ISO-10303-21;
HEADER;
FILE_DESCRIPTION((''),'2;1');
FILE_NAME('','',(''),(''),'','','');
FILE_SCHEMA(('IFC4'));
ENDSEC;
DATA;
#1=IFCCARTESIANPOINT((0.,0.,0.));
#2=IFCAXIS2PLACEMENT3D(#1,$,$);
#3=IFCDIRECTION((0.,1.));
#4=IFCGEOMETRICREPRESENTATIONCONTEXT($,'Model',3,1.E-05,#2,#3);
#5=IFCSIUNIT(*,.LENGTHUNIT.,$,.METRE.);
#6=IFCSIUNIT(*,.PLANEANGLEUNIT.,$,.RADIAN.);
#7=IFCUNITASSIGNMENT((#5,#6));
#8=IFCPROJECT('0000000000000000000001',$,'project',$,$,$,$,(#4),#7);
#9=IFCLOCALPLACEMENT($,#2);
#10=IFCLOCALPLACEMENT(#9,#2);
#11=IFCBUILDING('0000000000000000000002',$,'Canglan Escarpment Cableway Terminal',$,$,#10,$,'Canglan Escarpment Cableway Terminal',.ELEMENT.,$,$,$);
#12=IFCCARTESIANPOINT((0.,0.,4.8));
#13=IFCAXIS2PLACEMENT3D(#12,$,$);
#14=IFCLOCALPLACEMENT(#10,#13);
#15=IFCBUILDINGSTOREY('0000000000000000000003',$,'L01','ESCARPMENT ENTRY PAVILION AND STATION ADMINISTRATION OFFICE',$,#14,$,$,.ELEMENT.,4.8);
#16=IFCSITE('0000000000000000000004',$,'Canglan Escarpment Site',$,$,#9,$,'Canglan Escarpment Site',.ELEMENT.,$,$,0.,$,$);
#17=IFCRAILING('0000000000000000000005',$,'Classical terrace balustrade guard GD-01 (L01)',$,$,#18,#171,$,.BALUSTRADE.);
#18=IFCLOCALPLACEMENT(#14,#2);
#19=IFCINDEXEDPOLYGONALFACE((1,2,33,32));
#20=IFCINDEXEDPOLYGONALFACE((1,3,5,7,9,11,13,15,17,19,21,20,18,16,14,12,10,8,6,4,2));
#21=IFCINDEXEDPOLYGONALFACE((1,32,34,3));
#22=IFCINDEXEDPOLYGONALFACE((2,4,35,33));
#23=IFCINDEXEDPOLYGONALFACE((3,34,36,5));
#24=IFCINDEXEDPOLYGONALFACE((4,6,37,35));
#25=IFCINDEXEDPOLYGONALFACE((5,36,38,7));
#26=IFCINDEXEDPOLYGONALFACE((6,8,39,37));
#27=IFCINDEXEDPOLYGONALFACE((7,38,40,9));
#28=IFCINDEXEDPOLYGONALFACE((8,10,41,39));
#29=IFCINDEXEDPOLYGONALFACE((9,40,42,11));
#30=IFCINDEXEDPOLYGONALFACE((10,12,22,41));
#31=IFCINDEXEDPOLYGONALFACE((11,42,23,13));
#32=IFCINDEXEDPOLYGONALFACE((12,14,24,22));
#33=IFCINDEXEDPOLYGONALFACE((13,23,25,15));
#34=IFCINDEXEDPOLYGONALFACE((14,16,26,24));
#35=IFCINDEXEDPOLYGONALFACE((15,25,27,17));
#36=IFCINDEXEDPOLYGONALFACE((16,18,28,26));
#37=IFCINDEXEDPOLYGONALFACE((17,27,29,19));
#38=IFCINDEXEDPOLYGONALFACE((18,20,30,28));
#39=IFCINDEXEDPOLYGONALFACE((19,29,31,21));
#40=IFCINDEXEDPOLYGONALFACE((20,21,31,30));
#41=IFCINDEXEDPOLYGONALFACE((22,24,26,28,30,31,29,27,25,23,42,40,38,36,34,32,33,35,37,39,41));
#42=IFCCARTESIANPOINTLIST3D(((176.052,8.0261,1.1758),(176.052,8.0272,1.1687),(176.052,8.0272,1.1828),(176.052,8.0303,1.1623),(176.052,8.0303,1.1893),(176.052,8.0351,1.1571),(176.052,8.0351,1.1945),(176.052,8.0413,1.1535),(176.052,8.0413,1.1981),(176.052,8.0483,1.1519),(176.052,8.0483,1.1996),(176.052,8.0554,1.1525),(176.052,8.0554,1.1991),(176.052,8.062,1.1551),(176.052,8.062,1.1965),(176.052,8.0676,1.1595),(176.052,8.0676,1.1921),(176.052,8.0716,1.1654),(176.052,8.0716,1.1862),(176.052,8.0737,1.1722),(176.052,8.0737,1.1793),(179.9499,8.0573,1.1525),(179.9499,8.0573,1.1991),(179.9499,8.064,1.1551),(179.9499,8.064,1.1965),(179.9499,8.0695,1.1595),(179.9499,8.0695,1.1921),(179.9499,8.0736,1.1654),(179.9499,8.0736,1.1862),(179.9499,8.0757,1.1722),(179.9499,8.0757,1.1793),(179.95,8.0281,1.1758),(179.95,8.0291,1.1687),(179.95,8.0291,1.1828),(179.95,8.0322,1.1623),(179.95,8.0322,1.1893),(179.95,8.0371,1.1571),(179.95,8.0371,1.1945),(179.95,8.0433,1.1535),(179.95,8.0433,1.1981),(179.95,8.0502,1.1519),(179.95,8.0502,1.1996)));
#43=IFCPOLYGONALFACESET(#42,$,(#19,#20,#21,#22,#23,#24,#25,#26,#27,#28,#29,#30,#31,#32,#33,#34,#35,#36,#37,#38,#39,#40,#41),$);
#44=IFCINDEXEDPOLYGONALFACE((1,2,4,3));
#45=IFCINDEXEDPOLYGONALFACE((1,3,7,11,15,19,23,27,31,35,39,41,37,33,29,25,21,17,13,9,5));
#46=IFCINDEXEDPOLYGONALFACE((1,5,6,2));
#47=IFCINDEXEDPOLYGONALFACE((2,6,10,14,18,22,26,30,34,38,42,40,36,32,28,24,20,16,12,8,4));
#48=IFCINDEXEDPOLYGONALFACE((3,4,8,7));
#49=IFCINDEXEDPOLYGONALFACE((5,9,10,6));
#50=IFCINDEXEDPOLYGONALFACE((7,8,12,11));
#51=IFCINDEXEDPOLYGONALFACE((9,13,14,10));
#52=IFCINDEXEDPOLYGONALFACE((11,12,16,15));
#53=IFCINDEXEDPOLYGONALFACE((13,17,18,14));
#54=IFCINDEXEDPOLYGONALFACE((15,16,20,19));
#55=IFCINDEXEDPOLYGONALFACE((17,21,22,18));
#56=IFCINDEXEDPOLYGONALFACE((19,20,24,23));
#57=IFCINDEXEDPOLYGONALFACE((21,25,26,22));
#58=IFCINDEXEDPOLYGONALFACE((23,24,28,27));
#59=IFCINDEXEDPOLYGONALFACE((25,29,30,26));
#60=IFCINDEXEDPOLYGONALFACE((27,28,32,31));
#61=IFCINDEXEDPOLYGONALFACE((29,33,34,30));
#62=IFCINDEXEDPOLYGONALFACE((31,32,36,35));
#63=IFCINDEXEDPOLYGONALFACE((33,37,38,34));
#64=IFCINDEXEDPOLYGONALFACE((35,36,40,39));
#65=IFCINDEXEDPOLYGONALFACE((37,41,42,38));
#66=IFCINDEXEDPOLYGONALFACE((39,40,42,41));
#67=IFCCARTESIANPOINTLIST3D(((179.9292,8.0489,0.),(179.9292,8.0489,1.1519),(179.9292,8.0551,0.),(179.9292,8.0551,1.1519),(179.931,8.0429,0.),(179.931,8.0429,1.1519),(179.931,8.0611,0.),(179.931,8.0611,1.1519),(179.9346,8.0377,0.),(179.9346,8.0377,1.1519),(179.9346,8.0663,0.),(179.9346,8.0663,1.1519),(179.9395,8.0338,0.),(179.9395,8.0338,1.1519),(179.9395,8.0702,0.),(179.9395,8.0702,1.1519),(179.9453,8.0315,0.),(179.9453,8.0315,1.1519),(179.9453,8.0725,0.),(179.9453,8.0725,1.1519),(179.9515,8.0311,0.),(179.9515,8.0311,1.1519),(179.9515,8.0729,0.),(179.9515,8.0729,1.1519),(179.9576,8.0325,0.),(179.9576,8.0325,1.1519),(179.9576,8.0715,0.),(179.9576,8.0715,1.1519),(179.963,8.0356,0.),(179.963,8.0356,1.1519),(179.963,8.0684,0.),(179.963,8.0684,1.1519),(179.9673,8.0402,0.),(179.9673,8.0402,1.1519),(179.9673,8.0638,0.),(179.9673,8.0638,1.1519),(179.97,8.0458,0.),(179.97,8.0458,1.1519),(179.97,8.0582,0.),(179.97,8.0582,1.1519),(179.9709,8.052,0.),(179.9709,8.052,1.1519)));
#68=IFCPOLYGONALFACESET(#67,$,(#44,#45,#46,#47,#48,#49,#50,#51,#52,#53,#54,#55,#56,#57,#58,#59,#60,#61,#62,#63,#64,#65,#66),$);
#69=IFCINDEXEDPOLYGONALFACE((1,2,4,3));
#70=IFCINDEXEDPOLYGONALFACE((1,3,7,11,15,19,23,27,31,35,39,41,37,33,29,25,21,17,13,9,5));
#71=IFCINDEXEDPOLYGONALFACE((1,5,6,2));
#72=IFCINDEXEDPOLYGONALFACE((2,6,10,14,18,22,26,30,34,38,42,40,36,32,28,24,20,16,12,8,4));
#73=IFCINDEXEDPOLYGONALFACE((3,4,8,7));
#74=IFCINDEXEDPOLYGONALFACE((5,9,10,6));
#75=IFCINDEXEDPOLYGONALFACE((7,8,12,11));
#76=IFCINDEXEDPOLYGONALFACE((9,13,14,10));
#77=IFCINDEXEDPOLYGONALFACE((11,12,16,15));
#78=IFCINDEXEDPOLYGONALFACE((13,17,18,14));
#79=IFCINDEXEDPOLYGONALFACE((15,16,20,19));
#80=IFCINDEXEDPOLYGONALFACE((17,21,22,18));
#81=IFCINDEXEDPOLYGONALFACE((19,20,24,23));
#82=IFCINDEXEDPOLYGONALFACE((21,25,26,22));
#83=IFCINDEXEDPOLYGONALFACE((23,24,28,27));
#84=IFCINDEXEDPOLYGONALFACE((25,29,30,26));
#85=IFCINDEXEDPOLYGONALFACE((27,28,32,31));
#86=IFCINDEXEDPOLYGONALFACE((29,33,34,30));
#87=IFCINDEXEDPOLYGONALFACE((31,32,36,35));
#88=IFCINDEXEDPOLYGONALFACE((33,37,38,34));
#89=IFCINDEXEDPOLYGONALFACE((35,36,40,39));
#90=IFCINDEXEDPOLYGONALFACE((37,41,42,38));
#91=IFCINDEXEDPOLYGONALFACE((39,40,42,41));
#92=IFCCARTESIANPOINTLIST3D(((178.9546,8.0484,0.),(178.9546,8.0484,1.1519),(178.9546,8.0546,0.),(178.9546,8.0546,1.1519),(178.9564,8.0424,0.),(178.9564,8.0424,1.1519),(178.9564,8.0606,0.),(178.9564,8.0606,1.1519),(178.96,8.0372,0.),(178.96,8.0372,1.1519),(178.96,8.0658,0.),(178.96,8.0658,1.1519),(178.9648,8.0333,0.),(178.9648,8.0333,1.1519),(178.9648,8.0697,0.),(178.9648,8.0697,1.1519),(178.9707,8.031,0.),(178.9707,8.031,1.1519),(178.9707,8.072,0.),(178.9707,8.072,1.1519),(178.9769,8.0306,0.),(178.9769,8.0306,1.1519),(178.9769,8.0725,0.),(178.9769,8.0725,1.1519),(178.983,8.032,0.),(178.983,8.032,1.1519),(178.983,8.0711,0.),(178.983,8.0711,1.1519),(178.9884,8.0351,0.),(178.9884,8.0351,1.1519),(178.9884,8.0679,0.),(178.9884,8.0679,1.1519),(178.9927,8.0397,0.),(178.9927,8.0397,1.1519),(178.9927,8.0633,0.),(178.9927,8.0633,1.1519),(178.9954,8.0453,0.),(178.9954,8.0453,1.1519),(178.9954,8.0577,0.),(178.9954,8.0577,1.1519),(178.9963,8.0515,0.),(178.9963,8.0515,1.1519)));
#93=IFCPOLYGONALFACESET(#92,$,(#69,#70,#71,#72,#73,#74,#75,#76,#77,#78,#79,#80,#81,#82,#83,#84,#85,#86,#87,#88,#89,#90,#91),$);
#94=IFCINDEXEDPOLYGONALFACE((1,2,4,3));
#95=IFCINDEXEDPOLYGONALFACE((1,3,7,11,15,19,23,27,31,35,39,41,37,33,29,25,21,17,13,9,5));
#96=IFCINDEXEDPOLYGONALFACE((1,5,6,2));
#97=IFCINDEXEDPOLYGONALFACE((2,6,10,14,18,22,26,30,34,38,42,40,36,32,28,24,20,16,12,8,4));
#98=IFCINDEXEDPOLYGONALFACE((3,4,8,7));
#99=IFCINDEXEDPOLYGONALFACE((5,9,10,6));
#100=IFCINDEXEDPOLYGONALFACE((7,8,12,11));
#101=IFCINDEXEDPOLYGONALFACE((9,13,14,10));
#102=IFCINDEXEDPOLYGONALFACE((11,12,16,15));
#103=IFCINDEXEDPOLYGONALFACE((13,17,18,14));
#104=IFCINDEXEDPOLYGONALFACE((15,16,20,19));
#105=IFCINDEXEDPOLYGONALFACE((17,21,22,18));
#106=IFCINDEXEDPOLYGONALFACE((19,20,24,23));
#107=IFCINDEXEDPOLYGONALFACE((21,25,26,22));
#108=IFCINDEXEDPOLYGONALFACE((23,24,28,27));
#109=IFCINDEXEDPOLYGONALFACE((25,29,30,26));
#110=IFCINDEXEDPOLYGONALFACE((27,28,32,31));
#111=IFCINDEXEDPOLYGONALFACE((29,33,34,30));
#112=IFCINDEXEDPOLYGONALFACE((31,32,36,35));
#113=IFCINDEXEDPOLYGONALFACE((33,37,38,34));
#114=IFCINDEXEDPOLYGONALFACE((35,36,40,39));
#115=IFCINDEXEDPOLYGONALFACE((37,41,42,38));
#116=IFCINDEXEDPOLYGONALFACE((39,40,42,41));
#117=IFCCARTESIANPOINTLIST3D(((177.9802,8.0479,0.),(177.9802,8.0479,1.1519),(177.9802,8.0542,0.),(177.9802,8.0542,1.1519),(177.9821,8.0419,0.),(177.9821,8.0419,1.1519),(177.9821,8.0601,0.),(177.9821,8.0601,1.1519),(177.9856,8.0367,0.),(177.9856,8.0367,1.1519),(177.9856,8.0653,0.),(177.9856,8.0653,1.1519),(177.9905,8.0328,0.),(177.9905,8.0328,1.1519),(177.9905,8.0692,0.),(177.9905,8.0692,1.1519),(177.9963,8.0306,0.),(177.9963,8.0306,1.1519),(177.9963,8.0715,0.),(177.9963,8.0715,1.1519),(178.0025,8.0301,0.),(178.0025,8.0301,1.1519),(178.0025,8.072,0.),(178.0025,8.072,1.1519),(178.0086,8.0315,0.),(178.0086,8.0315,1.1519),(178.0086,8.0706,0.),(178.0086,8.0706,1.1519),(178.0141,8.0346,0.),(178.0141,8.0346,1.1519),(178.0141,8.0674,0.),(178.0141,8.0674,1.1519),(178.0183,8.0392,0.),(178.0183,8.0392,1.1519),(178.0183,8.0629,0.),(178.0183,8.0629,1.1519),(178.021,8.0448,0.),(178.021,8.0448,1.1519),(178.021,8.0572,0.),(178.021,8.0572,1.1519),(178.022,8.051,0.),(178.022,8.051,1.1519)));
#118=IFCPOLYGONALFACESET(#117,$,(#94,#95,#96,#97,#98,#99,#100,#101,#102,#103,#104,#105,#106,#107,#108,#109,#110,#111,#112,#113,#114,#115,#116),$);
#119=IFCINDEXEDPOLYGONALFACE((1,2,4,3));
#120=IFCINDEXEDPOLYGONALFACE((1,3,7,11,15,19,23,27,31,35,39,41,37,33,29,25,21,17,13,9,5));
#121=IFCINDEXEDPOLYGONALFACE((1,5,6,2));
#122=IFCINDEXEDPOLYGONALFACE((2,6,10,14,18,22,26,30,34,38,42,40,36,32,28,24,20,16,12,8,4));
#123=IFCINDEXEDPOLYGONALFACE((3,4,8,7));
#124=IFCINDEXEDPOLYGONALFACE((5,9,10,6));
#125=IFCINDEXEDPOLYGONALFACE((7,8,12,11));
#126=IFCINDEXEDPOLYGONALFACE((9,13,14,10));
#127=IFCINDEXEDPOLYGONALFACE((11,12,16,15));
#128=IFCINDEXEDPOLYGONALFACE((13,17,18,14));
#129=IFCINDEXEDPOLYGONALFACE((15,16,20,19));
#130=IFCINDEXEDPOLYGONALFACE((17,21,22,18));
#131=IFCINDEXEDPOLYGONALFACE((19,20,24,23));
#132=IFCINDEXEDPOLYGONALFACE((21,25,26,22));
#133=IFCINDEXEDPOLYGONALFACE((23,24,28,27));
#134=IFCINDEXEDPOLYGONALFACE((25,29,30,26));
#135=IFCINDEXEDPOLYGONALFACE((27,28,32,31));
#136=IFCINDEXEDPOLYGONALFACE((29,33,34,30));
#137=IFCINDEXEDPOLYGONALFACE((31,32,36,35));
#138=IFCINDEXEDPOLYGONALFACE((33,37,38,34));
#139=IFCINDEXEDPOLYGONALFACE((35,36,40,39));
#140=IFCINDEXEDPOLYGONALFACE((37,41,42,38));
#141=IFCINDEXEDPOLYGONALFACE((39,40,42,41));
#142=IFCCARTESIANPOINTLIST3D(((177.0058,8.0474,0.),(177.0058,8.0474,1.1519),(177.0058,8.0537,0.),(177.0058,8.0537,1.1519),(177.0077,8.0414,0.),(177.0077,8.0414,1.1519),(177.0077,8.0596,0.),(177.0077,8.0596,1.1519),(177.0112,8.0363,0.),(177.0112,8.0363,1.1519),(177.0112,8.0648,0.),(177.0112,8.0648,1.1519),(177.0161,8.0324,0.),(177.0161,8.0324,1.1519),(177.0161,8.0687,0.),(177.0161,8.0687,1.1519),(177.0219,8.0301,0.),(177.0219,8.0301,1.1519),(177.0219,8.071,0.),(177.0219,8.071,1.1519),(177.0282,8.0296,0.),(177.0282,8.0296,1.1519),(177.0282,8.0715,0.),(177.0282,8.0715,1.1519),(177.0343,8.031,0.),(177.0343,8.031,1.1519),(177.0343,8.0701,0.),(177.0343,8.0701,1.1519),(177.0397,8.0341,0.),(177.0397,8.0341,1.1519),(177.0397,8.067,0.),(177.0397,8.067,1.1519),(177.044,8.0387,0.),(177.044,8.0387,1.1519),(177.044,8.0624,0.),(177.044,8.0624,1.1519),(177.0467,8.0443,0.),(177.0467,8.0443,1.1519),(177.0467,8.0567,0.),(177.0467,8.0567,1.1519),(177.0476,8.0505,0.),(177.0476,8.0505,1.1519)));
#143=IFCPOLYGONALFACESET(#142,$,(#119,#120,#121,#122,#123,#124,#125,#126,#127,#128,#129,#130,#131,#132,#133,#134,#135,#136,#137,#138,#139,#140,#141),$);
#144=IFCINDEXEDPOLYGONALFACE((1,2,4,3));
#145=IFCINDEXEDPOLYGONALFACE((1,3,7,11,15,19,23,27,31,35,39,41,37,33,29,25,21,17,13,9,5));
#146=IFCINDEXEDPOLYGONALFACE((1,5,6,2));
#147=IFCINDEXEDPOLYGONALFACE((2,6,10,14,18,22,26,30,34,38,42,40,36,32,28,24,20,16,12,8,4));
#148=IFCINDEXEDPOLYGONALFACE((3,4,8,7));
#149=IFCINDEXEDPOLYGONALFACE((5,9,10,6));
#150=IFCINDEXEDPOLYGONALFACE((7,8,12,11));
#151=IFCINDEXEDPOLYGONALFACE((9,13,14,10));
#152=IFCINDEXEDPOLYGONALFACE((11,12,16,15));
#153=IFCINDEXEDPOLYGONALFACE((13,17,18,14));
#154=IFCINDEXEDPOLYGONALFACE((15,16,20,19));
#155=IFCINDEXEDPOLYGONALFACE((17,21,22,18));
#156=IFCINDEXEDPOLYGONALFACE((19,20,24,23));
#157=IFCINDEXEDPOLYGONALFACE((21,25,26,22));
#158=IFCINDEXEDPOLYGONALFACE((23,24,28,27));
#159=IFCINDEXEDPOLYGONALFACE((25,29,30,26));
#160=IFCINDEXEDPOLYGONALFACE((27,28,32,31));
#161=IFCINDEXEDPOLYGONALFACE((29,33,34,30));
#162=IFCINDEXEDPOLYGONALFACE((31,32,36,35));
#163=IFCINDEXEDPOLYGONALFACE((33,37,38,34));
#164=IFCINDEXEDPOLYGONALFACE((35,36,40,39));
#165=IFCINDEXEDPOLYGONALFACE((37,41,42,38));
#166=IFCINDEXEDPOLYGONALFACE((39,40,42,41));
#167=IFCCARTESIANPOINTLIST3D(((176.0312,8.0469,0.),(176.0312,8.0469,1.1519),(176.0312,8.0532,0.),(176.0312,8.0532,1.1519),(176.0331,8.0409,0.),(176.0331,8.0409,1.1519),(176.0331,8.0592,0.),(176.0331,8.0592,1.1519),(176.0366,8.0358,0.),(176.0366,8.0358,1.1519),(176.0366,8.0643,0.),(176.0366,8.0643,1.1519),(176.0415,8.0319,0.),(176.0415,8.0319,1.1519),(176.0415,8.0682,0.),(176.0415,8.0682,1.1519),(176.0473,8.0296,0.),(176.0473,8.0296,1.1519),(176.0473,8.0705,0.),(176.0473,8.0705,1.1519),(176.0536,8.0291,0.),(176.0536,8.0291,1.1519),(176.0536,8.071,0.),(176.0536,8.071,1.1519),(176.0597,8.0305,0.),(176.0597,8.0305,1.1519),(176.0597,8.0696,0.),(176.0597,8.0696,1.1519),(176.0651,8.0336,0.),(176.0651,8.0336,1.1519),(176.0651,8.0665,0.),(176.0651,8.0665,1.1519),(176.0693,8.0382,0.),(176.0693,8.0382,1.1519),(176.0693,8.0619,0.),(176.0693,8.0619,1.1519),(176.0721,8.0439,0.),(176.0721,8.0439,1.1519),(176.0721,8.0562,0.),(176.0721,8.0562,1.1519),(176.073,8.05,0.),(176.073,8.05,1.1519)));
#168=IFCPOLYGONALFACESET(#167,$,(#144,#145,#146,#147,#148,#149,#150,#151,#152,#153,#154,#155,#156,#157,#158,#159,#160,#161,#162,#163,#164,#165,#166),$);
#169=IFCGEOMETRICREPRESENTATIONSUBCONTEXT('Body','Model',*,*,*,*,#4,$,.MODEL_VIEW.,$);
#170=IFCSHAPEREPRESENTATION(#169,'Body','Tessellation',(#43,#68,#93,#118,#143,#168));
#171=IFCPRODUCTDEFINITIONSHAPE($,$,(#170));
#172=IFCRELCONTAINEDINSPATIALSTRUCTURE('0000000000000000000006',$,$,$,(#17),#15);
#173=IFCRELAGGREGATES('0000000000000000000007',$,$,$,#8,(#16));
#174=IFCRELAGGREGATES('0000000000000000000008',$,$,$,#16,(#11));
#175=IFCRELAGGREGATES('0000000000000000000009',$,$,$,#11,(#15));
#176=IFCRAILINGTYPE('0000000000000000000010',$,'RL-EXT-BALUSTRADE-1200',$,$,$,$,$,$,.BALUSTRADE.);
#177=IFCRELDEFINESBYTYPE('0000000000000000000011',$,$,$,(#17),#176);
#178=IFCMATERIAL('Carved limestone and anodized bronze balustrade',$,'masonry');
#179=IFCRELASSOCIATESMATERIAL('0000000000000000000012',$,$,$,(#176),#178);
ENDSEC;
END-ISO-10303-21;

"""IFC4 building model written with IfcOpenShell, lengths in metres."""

from ifc_helpers import new_model, si_unit, direction, frame, origin, origin_2d, place, context, subcontext, project, spatial, circle, extrude, material, type_object, element, save


model = new_model("IFC4")

# Units and contexts
model_context = context("Model", 3, precision=1e-05, world=origin(), true_north=direction((0.0, 1.0)))
body_context = subcontext(model_context, "Body", "Model", "MODEL_VIEW")
ifc_project = project(units=[si_unit("LENGTHUNIT", "METRE"), si_unit("PLANEANGLEUNIT", "RADIAN")], contexts=[model_context])

# Site, building, storey
site_placement = place(None, origin())
site = spatial("IfcSite", under=ifc_project, at=site_placement, Name="Canglan Escarpment Site", LongName="Canglan Escarpment Site", CompositionType="ELEMENT", RefElevation=0.0)
building_placement = place(site_placement, origin())
building = spatial("IfcBuilding", under=site, at=building_placement, Name="Canglan Escarpment Cableway Terminal", LongName="Canglan Escarpment Cableway Terminal", CompositionType="ELEMENT")
storey_placement = place(building_placement, frame((0.0, 0.0, 4.8)))
storey = spatial("IfcBuildingStorey", under=building, at=storey_placement, Name="L01", Description="ESCARPMENT ENTRY PAVILION AND STATION ADMINISTRATION OFFICE", CompositionType="ELEMENT", Elevation=4.8)

# Railing
ifc_material_1 = material(Name="Carved limestone and anodized bronze balustrade", Category="masonry")
railing_type = type_object("IfcRailingType", Name="RL-EXT-BALUSTRADE-1200", PredefinedType="BALUSTRADE", material=ifc_material_1)
railing_1_placement = place(storey_placement, frame((179.95, 8.052, 0.0)))
element("IfcRailing", 1, at=railing_1_placement, inside=storey, type_object=railing_type, Name="Classical terrace balustrade guard GD-01 (L01)", PredefinedType="BALUSTRADE", context=body_context, shape_type="SweptSolid", body=[
    extrude(circle(Radius=0.0239, at=origin_2d()), frame((0.0, 0.0, 1.1758), z_axis=(-1.0, -0.000501, 0.0), x_axis=(0.000501, -1.0, 0.0)), (0.0, 0.0, 1.0), 3.8979),
    extrude(circle(Radius=0.021, at=origin_2d()), origin(), (0.0, 0.0, 1.0), 1.1519),
    extrude(circle(Radius=0.021, at=origin_2d()), frame((-0.9746, -0.0005, 0.0)), (0.0, 0.0, 1.0), 1.1519),
    extrude(circle(Radius=0.021, at=origin_2d()), frame((-1.949, -0.001, 0.0)), (0.0, 0.0, 1.0), 1.1519),
    extrude(circle(Radius=0.021, at=origin_2d()), frame((-2.9233, -0.0015, 0.0)), (0.0, 0.0, 1.0), 1.1519),
    extrude(circle(Radius=0.021, at=origin_2d()), frame((-3.8979, -0.002, 0.0)), (0.0, 0.0, 1.0), 1.1519),
])

save(model, "model.ifc")
